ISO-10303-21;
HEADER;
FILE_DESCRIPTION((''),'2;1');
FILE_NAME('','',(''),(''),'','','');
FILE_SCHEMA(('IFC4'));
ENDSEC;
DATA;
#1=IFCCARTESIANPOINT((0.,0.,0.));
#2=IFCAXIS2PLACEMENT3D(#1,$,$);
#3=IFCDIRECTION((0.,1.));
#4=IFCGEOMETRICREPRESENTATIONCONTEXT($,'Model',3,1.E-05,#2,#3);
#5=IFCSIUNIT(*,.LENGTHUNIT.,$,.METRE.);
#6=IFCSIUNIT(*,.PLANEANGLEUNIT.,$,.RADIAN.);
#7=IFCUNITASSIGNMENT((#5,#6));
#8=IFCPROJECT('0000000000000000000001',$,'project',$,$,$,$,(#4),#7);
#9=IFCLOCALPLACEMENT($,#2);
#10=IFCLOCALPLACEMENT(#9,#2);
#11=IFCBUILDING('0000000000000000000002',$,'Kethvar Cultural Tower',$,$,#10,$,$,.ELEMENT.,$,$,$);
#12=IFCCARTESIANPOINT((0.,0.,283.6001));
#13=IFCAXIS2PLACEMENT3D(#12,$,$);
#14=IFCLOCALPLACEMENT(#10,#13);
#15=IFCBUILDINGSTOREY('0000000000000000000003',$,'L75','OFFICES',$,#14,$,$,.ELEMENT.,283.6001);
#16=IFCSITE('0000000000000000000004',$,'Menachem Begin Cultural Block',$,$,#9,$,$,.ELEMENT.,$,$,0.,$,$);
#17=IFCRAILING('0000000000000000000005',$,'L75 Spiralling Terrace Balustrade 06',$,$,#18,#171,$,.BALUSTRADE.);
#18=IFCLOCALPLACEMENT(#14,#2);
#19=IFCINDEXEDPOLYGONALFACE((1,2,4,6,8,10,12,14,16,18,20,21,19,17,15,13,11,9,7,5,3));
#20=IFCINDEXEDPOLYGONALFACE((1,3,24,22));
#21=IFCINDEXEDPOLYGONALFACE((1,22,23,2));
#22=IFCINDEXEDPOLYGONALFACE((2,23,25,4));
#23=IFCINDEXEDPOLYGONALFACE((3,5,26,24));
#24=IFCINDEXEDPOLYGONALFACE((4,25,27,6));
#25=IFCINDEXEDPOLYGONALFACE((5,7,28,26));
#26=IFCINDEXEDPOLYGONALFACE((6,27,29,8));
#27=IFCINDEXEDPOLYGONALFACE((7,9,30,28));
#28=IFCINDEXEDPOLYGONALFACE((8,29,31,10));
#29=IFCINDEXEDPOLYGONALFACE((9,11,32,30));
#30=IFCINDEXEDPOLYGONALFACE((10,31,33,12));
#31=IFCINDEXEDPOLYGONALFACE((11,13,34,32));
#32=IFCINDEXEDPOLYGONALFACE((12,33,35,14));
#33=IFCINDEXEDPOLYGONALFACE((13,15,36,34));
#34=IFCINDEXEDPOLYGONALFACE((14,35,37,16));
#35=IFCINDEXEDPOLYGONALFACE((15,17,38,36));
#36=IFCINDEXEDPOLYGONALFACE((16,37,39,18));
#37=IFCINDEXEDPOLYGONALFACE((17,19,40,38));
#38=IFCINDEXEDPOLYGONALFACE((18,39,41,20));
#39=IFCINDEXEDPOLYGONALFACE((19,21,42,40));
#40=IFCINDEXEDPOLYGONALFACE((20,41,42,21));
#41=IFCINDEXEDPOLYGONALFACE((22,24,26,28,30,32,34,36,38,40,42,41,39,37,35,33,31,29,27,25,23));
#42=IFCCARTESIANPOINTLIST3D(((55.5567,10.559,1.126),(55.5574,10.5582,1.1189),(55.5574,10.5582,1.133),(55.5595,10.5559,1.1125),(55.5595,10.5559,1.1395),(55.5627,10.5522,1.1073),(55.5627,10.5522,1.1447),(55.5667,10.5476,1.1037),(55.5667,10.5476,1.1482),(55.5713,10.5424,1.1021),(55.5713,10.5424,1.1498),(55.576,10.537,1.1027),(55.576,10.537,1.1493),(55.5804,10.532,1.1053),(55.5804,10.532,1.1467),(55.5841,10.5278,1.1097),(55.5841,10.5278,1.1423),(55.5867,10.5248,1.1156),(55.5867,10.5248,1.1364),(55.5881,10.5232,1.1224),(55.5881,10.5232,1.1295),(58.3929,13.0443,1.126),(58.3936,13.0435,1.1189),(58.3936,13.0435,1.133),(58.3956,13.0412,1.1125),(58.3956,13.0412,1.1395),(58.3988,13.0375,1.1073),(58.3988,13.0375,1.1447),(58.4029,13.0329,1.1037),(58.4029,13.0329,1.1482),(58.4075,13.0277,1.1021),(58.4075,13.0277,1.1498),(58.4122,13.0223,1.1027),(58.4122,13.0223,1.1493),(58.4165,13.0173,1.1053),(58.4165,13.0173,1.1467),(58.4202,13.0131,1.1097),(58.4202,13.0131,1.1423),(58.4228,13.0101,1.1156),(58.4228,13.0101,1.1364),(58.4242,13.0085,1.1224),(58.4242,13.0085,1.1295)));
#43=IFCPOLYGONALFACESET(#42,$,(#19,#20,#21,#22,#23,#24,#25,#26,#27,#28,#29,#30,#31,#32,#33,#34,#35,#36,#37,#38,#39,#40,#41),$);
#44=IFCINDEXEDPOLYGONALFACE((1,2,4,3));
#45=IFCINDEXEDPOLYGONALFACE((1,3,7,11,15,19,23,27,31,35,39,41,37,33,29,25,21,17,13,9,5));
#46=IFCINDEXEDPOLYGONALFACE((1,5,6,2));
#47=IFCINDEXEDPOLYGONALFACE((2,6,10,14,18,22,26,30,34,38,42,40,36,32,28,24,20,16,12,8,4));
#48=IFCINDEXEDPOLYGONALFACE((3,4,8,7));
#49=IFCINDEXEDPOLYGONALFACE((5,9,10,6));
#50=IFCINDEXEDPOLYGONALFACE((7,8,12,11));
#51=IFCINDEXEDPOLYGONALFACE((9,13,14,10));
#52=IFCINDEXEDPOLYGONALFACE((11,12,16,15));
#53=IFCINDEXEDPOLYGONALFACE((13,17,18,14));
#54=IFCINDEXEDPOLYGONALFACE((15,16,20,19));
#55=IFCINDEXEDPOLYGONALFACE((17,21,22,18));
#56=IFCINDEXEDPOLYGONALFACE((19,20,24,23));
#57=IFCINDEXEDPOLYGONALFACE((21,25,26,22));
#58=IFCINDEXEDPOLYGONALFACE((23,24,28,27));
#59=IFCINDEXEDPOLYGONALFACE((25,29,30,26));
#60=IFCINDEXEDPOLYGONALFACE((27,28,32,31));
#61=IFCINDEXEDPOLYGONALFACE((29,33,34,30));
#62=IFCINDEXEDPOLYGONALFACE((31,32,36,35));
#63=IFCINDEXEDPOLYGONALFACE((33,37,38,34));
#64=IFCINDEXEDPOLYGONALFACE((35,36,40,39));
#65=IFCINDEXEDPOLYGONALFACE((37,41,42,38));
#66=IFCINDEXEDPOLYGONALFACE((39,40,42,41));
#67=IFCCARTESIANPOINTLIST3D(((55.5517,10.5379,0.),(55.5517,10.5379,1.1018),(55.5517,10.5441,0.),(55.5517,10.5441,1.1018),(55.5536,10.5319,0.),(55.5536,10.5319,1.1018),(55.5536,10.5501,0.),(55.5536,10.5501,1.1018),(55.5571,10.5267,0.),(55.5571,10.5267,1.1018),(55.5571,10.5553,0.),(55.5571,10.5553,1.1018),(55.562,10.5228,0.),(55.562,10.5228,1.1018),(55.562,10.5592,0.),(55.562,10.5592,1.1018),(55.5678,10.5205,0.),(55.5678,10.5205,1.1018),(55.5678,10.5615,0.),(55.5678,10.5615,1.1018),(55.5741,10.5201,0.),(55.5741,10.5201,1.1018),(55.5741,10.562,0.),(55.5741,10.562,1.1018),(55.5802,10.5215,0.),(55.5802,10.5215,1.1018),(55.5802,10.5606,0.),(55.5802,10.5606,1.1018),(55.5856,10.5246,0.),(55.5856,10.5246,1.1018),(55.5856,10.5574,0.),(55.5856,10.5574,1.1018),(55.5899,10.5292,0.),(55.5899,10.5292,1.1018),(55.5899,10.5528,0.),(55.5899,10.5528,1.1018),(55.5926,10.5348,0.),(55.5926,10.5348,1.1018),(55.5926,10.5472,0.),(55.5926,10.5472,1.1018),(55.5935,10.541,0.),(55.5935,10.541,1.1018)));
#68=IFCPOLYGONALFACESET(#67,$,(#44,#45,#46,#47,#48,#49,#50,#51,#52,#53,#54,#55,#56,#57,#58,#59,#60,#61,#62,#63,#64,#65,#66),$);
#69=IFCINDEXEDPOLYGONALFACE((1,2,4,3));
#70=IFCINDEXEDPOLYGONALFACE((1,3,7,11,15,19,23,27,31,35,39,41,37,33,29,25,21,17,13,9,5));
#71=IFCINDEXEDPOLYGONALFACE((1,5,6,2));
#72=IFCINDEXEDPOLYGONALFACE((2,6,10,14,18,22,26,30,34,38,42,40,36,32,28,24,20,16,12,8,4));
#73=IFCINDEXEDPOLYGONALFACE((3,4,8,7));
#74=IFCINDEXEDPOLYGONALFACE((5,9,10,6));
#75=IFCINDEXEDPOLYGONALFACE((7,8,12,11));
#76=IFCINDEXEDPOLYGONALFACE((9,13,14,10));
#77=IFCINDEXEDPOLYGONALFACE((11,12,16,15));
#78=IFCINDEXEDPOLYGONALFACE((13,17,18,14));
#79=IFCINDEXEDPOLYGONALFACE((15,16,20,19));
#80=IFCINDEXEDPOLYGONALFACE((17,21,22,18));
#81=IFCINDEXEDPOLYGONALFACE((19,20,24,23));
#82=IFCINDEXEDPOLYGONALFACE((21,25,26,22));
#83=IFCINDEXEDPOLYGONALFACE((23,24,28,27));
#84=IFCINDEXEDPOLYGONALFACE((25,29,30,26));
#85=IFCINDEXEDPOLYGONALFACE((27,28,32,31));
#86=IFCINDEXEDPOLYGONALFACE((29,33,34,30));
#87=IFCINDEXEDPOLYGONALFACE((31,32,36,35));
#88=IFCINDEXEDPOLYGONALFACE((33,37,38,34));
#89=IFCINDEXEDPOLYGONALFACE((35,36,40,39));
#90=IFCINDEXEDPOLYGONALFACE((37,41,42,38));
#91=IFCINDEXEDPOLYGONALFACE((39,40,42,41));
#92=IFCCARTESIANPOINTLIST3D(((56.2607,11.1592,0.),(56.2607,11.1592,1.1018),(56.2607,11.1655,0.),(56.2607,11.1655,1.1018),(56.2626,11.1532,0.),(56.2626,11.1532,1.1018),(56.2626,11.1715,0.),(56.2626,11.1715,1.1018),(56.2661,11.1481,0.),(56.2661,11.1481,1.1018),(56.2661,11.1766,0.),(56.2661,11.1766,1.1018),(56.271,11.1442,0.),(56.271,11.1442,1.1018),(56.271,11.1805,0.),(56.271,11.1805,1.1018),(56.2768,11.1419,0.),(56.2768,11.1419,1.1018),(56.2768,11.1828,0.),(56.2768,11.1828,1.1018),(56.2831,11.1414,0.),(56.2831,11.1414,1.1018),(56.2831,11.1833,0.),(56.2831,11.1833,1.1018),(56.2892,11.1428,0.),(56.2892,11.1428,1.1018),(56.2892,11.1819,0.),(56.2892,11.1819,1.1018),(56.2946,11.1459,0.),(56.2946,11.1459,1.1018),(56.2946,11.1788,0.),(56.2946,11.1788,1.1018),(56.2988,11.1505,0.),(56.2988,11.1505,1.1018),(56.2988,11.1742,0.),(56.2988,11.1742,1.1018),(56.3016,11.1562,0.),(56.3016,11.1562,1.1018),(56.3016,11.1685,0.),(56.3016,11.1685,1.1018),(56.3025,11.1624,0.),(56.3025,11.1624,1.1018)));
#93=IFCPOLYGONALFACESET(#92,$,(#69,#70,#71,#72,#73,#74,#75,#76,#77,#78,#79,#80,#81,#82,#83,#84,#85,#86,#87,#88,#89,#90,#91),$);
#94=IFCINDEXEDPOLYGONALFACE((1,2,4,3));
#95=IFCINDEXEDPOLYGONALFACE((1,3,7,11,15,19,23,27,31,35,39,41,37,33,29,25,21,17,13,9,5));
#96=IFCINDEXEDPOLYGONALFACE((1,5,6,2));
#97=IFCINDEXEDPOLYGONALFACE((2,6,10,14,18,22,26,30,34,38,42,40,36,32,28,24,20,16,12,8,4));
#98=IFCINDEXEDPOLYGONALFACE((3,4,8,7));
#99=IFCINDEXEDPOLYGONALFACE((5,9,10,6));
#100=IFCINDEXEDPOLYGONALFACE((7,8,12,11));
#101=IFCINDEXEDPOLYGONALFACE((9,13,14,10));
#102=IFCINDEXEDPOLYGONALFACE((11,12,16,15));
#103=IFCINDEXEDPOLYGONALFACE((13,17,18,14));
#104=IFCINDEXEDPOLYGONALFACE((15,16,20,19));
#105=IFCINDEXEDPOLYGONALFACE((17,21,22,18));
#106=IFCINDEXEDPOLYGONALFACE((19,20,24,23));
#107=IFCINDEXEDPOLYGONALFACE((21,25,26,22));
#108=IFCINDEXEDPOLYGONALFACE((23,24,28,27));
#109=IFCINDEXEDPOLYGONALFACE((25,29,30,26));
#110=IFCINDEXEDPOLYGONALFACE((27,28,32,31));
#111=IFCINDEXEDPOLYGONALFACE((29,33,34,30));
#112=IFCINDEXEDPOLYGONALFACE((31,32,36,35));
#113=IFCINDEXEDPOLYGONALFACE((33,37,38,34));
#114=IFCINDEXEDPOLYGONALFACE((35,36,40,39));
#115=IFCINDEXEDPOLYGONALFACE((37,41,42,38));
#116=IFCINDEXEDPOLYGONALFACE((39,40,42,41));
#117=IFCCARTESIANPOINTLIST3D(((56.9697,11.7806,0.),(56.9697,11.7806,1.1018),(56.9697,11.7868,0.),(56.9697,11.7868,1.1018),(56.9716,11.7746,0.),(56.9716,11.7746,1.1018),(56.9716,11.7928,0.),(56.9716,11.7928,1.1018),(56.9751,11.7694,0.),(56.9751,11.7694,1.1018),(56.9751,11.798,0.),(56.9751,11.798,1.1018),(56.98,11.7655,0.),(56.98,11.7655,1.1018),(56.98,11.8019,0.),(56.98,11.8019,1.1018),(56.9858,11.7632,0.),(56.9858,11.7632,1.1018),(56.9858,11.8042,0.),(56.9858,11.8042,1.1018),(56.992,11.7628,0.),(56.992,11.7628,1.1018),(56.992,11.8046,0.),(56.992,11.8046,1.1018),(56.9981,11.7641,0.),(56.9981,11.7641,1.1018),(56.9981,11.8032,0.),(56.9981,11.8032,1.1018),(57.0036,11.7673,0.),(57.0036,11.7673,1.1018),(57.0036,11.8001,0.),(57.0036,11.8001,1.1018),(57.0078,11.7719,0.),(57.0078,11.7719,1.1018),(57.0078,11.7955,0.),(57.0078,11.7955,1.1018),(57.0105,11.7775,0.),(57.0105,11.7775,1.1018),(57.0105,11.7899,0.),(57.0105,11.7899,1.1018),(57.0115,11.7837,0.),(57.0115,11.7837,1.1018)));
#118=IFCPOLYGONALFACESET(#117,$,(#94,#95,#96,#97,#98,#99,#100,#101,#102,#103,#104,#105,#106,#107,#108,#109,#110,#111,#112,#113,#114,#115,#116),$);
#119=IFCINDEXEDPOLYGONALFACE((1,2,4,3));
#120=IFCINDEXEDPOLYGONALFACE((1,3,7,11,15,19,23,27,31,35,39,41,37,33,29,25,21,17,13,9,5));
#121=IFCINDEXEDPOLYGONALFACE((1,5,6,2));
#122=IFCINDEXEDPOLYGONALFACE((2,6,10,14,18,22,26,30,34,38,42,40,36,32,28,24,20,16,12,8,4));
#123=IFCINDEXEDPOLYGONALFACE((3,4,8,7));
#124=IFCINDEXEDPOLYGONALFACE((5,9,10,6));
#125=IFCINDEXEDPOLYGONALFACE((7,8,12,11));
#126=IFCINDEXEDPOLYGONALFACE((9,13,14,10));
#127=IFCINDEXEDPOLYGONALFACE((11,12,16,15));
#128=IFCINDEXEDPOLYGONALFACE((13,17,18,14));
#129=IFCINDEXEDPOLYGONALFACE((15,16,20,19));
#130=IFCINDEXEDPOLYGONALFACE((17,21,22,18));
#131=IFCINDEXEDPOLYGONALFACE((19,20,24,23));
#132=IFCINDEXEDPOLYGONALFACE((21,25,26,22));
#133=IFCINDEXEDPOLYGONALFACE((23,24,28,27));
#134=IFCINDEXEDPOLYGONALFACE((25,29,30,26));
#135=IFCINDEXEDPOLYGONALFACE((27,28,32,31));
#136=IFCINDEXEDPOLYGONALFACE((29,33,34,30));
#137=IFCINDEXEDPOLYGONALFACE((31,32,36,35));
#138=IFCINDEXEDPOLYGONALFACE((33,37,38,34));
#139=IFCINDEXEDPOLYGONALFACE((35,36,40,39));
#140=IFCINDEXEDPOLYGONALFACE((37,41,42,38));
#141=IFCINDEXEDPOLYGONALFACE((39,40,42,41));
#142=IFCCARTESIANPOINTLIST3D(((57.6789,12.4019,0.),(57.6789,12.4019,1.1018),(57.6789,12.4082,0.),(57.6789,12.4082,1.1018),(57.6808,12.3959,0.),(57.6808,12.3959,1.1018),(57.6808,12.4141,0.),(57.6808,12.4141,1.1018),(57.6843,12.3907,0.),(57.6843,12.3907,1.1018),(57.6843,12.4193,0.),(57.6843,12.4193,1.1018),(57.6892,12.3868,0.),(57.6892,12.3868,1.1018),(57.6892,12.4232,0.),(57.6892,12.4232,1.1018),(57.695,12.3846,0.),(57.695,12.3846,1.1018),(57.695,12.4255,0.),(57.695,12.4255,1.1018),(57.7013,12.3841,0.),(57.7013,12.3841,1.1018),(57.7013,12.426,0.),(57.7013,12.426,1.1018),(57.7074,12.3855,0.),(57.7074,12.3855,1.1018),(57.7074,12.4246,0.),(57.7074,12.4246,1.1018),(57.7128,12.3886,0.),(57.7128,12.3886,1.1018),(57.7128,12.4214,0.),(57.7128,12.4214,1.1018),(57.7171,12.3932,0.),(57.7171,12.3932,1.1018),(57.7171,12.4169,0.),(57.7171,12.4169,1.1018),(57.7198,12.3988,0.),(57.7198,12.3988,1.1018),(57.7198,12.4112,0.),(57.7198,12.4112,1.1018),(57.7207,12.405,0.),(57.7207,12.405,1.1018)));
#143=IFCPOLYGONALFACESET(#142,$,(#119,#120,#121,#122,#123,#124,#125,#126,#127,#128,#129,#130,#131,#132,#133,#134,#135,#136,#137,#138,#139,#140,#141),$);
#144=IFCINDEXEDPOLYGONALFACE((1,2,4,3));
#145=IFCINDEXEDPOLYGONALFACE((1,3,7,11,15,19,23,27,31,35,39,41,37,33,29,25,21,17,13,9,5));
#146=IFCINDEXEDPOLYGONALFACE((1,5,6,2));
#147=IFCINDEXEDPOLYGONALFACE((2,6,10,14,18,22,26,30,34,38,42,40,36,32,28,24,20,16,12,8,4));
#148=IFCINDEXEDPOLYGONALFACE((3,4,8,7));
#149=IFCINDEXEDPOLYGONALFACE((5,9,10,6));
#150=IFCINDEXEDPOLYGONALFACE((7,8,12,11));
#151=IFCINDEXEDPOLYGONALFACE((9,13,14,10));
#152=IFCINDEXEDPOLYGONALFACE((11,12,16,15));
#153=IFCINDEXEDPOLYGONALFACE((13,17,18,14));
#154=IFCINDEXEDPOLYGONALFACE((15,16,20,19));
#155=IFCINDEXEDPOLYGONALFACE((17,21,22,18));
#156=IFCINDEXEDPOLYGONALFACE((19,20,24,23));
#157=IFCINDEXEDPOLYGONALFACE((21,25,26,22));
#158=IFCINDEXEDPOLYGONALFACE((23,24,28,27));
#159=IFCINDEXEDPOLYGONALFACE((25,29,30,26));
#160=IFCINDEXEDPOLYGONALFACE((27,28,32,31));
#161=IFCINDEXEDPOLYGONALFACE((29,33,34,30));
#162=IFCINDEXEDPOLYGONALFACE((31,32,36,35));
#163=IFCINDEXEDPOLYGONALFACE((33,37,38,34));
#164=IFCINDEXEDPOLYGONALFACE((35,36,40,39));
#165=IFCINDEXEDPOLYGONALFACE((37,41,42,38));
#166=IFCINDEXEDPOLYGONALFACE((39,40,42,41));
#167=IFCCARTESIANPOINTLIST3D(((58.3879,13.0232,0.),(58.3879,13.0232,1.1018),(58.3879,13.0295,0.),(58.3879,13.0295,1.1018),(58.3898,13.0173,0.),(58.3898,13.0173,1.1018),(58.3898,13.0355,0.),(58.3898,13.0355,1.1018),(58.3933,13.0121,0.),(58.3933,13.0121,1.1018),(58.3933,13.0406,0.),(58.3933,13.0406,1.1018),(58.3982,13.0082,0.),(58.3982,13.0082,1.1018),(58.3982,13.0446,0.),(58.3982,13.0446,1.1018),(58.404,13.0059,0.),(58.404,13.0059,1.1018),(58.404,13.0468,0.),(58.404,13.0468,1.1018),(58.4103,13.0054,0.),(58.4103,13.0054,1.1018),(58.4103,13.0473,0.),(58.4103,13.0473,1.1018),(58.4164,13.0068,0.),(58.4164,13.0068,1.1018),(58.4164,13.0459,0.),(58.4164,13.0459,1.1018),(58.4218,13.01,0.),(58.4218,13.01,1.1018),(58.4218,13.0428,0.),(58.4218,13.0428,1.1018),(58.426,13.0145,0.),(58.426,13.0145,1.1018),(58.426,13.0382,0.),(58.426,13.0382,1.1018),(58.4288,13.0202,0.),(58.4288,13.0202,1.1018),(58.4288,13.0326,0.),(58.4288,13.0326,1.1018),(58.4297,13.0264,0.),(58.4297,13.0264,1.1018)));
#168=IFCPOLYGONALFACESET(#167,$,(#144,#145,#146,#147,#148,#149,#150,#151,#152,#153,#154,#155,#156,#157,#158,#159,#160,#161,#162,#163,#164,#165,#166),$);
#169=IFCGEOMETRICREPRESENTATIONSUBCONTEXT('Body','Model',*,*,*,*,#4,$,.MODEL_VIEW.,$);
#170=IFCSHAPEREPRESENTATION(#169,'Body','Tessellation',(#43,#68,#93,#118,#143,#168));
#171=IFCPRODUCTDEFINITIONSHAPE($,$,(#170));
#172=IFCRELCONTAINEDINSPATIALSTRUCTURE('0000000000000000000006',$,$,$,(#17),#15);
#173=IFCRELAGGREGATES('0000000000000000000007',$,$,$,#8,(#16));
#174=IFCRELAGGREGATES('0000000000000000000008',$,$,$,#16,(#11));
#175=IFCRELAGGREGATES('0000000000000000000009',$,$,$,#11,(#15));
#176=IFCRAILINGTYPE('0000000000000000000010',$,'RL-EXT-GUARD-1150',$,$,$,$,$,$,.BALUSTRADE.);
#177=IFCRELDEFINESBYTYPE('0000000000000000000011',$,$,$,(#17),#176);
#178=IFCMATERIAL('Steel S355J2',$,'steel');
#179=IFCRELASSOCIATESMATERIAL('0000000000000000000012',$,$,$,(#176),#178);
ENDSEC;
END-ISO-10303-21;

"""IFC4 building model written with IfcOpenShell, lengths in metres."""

from ifc_helpers import new_model, si_unit, direction, frame, origin, origin_2d, place, context, subcontext, project, spatial, circle, extrude, material, type_object, element, save


model = new_model("IFC4")

# Units and contexts
model_context = context("Model", 3, precision=1e-05, world=origin(), true_north=direction((0.0, 1.0)))
body_context = subcontext(model_context, "Body", "Model", "MODEL_VIEW")
ifc_project = project(units=[si_unit("LENGTHUNIT", "METRE"), si_unit("PLANEANGLEUNIT", "RADIAN")], contexts=[model_context])

# Site, building, storey
site_placement = place(None, origin())
site = spatial("IfcSite", under=ifc_project, at=site_placement, Name="Menachem Begin Cultural Block", CompositionType="ELEMENT", RefElevation=0.0)
building_placement = place(site_placement, origin())
building = spatial("IfcBuilding", under=site, at=building_placement, Name="Kethvar Cultural Tower", CompositionType="ELEMENT")
storey_placement = place(building_placement, frame((0.0, 0.0, 283.6001)))
storey = spatial("IfcBuildingStorey", under=building, at=storey_placement, Name="L75", Description="OFFICES", CompositionType="ELEMENT", Elevation=283.6001)

# Shared definitions
ifc_material_1 = material(Name="Steel S355J2", Category="steel")

# Railing
railing_type = type_object("IfcRailingType", Name="RL-EXT-GUARD-1150", PredefinedType="BALUSTRADE", material=ifc_material_1)
railing_1_placement = place(storey_placement, frame((55.5725, 10.541, 0.0)))
element("IfcRailing", 1, at=railing_1_placement, inside=storey, type_object=railing_type, Name="L75 Spiralling Terrace Balustrade 06", PredefinedType="BALUSTRADE", context=body_context, shape_type="SweptSolid", body=[
    extrude(circle(Radius=0.0239, at=origin_2d()), frame((0.0, 0.0, 1.126), z_axis=(0.752091, 0.659059, 0.0), x_axis=(-0.659059, 0.752091, 0.0)), (0.0, 0.0, 1.0), 3.771),
    extrude(circle(Radius=0.021, at=origin_2d()), origin(), (0.0, 0.0, 1.0), 1.1018),
    extrude(circle(Radius=0.021, at=origin_2d()), frame((0.709, 0.6213, 0.0)), (0.0, 0.0, 1.0), 1.1018),
    extrude(circle(Radius=0.021, at=origin_2d()), frame((1.418, 1.2427, 0.0)), (0.0, 0.0, 1.0), 1.1018),
    extrude(circle(Radius=0.021, at=origin_2d()), frame((2.1272, 1.864, 0.0)), (0.0, 0.0, 1.0), 1.1018),
    extrude(circle(Radius=0.021, at=origin_2d()), frame((2.8362, 2.4854, 0.0)), (0.0, 0.0, 1.0), 1.1018),
])

save(model, "model.ifc")
